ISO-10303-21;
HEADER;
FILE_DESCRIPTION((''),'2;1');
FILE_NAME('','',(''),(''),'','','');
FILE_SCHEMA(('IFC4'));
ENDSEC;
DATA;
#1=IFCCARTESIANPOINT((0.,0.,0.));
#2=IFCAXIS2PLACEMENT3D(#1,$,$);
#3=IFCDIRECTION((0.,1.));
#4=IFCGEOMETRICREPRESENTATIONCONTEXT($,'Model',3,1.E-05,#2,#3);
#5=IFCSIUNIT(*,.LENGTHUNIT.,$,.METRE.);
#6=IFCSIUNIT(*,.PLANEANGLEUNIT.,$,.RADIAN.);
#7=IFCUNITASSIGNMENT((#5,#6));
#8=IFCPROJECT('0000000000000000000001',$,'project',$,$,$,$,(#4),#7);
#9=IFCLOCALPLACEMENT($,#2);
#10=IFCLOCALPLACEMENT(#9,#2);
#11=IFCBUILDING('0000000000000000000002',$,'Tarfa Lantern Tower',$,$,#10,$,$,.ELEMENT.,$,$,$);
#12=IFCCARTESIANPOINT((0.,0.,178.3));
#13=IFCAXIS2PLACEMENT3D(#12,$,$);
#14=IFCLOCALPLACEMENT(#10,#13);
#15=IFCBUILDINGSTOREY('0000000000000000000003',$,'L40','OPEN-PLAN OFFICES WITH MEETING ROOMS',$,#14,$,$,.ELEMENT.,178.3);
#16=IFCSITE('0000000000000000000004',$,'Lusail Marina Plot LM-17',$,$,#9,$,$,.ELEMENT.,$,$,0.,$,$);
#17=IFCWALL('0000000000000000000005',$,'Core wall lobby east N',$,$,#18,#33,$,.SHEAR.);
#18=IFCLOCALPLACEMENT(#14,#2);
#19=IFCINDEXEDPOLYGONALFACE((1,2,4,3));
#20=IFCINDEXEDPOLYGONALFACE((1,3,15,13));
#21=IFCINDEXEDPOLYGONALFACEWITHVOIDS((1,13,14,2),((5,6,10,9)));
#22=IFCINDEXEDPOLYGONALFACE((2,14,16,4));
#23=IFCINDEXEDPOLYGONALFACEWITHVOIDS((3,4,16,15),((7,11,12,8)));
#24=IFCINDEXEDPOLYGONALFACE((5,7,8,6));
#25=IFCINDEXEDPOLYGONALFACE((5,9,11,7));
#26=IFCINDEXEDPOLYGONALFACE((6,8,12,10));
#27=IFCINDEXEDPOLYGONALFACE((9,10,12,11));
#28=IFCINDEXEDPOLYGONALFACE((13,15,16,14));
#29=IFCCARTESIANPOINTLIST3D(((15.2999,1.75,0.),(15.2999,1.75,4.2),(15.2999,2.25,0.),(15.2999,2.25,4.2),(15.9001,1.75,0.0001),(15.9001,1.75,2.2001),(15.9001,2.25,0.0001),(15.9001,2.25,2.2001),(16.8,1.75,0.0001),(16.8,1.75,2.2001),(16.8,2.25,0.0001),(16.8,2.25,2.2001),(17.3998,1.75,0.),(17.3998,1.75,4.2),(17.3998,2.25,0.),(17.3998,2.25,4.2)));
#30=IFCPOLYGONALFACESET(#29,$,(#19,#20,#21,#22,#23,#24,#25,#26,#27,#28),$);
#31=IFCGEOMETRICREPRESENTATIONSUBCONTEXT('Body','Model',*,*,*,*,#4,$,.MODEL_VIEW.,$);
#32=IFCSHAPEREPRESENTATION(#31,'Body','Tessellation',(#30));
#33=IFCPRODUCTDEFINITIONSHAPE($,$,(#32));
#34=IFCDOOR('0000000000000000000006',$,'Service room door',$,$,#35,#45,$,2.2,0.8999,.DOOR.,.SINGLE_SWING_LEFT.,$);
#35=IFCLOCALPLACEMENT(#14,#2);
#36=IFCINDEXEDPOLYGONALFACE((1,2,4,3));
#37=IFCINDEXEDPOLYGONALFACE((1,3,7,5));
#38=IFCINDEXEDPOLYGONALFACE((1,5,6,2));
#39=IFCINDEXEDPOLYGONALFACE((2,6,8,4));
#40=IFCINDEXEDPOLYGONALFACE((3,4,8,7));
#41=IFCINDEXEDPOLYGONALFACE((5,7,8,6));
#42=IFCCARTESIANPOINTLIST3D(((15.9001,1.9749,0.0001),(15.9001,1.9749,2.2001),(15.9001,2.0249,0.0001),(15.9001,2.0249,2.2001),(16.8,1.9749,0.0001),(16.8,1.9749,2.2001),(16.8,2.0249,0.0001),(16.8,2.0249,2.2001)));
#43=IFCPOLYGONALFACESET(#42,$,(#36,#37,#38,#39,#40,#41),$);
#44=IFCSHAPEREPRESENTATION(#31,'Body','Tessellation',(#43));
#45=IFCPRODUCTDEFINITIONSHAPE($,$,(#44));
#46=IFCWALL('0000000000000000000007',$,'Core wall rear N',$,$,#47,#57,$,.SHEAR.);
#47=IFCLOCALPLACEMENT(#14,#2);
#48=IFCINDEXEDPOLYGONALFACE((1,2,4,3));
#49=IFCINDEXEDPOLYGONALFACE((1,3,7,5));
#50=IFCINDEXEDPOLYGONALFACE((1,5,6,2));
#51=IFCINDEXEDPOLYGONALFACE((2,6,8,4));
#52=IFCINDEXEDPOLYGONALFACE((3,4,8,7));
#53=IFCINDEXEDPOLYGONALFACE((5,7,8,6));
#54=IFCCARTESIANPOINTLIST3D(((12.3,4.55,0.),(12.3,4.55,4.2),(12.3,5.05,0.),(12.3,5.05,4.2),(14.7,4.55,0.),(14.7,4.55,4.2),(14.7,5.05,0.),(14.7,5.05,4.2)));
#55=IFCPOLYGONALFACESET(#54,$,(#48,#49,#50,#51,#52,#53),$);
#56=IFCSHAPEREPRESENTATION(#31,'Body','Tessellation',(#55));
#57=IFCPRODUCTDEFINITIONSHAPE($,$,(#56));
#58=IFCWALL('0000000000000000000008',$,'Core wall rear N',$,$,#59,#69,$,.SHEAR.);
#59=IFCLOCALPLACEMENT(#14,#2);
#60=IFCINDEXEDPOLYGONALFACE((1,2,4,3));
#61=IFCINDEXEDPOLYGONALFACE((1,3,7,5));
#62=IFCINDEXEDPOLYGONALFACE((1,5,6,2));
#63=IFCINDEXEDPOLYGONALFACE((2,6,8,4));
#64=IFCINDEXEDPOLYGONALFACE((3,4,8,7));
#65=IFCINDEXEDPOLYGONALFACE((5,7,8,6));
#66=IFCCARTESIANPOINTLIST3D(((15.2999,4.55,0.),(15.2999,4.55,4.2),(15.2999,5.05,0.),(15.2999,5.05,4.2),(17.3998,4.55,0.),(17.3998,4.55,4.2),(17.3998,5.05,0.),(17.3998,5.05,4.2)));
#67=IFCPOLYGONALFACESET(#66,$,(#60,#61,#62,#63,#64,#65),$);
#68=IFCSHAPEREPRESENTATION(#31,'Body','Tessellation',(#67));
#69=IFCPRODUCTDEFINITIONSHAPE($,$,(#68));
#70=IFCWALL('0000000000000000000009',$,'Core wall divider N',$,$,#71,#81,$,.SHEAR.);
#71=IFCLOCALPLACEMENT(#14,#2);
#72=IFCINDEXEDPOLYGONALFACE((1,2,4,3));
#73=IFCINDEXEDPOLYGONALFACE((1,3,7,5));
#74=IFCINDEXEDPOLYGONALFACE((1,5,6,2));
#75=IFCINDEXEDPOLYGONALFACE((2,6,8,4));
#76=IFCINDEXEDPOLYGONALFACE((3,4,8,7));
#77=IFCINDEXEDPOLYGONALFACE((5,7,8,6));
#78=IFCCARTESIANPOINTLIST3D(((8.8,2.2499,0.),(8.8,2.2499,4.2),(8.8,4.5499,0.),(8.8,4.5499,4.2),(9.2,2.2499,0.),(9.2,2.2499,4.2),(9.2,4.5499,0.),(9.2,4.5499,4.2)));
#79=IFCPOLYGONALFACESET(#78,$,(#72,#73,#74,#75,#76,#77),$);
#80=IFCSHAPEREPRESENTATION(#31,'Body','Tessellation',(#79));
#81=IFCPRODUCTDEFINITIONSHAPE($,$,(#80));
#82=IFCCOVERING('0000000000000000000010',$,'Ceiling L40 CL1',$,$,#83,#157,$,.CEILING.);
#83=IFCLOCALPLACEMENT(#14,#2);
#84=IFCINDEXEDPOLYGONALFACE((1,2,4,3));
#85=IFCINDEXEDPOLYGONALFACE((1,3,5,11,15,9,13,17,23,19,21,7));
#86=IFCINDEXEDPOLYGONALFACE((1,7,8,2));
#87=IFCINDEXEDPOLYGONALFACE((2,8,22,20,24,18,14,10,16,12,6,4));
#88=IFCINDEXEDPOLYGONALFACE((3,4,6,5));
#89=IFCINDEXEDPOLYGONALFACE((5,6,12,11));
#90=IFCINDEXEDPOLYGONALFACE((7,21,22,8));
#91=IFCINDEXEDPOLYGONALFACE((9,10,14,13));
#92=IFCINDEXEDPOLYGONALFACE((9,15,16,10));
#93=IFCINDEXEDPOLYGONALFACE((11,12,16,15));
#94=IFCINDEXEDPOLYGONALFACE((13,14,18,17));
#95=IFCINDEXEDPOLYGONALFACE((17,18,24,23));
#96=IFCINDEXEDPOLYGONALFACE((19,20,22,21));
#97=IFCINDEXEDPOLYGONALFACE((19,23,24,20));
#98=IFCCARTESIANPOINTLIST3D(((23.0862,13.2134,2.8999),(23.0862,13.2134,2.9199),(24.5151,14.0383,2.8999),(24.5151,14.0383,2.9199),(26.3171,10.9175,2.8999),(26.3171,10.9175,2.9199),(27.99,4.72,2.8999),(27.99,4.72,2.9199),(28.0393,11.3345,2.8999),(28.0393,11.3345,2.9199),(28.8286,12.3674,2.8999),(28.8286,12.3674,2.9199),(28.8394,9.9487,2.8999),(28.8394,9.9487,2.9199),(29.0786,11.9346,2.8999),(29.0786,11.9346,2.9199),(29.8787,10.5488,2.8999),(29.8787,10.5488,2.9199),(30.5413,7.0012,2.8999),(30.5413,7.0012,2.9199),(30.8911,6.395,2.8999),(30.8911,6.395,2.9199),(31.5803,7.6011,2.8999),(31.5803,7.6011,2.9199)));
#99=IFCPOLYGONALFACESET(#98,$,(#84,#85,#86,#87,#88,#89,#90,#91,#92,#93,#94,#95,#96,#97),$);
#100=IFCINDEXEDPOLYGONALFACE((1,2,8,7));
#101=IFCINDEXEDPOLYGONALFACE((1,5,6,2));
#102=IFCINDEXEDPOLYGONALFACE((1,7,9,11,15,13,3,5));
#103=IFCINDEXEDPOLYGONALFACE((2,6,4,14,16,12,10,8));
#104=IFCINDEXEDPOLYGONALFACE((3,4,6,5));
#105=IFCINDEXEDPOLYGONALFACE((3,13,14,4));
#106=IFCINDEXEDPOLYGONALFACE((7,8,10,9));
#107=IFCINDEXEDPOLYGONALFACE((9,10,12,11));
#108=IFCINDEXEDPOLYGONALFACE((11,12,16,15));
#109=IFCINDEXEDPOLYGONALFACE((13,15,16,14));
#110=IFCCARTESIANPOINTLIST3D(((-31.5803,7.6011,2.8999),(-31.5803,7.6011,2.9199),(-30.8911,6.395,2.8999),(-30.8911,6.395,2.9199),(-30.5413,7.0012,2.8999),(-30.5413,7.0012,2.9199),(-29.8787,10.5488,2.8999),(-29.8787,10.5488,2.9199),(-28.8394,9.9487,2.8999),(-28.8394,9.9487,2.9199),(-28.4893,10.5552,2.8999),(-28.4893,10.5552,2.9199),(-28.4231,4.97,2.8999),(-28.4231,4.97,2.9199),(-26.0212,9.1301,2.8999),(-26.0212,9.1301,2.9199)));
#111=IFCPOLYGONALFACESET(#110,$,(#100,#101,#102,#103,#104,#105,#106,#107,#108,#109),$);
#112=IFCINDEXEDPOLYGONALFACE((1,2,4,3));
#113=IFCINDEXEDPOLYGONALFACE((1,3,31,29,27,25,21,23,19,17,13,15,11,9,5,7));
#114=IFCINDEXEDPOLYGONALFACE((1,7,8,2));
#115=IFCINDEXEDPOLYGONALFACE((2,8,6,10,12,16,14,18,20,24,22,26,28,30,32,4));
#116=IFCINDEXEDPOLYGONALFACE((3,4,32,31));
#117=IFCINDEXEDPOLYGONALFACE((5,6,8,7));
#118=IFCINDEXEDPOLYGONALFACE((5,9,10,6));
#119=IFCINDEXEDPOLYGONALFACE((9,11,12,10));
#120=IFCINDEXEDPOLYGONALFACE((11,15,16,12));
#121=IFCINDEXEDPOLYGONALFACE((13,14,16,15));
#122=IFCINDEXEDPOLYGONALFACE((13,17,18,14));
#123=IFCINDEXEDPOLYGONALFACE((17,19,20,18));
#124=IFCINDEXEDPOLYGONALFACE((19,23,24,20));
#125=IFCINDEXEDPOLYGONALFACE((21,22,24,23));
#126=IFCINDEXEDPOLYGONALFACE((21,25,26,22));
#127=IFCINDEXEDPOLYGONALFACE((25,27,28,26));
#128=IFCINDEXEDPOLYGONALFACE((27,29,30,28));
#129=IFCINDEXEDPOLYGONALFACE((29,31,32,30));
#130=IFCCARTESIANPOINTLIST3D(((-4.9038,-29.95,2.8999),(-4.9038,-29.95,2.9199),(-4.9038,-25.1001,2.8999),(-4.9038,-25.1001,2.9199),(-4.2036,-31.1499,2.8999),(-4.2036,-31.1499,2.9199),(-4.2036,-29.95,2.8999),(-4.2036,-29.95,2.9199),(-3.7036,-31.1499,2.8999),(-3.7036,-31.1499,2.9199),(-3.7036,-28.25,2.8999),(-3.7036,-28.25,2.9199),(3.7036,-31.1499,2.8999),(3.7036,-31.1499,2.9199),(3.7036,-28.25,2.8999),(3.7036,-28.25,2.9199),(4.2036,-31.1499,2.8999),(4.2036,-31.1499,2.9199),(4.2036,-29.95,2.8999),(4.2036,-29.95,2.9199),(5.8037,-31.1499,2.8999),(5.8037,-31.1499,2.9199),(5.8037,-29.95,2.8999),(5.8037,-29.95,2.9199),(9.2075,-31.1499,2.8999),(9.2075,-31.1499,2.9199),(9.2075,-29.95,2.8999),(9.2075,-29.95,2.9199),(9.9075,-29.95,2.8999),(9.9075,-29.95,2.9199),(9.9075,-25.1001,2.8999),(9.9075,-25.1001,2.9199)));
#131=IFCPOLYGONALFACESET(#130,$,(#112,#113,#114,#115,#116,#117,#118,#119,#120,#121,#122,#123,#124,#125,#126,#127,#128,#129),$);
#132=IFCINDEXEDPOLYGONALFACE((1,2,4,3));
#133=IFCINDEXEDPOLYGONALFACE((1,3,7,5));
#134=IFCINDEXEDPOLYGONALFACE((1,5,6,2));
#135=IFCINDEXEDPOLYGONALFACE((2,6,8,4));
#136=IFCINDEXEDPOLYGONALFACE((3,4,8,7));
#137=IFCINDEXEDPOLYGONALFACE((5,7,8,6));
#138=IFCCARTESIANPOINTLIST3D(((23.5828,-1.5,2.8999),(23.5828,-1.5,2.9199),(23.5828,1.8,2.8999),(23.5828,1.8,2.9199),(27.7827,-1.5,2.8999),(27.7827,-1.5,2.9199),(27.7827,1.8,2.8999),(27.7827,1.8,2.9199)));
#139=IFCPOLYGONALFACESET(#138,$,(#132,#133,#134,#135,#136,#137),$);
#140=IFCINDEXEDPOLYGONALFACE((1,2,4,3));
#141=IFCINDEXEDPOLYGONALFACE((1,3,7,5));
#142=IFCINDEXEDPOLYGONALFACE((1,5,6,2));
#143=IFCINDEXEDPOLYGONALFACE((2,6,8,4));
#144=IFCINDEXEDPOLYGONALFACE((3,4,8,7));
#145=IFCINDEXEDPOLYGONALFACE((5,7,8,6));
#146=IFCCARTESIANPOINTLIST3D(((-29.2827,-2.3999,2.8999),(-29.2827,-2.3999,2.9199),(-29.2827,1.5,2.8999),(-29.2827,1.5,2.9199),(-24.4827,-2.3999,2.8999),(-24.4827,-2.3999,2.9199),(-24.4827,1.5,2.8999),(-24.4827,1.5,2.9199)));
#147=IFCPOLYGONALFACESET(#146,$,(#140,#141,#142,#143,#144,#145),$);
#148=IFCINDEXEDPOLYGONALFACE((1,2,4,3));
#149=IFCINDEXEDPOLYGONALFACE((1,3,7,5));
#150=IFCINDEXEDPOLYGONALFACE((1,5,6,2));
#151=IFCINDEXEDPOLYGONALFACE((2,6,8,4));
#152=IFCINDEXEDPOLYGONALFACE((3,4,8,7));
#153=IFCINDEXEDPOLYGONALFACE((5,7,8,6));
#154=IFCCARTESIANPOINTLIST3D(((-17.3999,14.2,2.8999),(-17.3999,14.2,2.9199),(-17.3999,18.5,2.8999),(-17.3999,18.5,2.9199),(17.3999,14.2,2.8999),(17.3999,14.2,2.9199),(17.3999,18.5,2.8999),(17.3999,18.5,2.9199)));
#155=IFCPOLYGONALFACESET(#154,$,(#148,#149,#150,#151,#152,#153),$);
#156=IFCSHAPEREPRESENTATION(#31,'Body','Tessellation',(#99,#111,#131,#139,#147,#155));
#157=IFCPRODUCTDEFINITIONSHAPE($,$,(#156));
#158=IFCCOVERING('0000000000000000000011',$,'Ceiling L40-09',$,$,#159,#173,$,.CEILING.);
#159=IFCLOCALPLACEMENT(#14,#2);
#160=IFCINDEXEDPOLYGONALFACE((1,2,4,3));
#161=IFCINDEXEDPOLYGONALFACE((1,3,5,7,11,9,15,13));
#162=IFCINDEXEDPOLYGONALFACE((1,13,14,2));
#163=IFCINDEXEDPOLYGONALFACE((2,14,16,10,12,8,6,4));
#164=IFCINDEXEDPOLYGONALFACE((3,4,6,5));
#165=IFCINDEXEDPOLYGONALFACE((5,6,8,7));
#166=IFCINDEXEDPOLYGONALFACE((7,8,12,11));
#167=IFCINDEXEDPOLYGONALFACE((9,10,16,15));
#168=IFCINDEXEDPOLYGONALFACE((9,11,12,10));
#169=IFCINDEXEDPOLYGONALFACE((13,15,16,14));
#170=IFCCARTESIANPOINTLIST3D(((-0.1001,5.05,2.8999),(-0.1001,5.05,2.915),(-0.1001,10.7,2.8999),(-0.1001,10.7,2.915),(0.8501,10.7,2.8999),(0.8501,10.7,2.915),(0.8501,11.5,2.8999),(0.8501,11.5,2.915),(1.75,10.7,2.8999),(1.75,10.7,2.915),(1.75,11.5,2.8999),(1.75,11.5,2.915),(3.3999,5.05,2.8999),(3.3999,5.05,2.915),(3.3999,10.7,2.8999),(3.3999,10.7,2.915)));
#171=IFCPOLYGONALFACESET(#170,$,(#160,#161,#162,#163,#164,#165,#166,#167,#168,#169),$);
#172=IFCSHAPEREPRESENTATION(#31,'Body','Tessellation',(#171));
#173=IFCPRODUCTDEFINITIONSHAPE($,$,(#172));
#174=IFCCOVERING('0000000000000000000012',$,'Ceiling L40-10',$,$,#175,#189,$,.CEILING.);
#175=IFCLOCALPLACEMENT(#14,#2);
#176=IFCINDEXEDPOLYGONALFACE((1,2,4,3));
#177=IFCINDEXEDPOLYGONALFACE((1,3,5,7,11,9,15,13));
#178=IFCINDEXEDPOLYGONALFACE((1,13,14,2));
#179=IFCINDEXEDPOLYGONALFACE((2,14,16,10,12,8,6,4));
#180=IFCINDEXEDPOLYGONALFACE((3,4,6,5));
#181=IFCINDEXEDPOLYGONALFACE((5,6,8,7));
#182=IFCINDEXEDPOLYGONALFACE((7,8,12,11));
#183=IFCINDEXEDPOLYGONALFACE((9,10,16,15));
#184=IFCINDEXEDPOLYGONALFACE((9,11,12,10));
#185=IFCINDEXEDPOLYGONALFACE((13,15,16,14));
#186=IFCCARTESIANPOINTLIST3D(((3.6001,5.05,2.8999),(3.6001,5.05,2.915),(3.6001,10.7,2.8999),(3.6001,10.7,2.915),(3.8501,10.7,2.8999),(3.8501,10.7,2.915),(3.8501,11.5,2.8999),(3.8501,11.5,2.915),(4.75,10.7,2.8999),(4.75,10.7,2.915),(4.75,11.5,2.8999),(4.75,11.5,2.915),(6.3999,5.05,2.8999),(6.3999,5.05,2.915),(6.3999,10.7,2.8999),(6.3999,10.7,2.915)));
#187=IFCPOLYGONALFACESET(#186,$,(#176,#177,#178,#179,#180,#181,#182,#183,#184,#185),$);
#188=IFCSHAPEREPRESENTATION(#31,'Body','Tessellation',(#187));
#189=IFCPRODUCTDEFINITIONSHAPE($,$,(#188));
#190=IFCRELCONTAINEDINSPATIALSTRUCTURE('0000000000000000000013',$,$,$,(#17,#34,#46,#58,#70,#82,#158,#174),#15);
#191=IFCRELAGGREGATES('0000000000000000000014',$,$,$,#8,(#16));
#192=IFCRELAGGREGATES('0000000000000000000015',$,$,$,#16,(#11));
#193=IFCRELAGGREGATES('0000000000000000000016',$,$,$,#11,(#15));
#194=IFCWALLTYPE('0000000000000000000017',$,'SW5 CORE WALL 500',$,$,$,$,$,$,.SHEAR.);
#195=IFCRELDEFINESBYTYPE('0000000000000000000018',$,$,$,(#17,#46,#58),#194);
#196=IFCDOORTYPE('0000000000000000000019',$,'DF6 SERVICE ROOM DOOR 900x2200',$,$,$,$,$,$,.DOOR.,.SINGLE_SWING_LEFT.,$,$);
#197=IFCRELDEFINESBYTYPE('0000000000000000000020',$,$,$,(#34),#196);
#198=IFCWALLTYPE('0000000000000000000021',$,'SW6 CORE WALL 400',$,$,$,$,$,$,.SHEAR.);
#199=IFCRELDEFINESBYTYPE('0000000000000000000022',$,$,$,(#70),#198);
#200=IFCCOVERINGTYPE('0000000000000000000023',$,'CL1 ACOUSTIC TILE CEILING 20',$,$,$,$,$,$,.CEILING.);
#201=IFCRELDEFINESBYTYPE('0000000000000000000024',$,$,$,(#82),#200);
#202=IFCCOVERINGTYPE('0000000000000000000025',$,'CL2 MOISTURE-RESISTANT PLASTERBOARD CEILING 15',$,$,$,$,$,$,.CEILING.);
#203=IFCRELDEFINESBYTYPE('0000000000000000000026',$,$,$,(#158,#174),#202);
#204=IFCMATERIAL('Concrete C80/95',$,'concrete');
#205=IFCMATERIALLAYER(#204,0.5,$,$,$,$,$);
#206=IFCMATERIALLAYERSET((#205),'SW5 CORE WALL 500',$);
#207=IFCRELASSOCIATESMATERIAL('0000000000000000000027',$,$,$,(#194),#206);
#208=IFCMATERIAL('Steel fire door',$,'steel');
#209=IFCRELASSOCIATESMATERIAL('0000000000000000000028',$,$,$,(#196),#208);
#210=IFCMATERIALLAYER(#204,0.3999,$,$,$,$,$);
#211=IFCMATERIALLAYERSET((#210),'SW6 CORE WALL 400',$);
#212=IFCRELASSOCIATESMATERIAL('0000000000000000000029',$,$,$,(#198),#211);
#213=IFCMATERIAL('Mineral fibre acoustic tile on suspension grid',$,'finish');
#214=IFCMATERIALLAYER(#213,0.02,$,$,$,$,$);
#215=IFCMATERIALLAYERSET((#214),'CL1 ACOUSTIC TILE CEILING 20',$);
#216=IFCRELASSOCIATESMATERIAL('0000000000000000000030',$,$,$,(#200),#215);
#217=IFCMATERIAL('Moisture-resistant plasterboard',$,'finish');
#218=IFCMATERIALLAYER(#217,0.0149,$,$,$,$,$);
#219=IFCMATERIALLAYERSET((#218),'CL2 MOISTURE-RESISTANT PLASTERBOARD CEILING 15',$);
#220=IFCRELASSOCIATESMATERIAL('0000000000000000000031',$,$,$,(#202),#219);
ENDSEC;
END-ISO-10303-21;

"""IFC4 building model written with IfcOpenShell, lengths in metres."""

from ifc_helpers import new_model, si_unit, direction, frame, frame_2d, origin, place, context, subcontext, project, spatial, polyline, rectangle, outline, extrude, material, layer, layer_set, type_object, element, fill, save


model = new_model("IFC4")

# Units and contexts
model_context = context("Model", 3, precision=1e-05, world=origin(), true_north=direction((0.0, 1.0)))
body_context = subcontext(model_context, "Body", "Model", "MODEL_VIEW")
ifc_project = project(units=[si_unit("LENGTHUNIT", "METRE"), si_unit("PLANEANGLEUNIT", "RADIAN")], contexts=[model_context])

# Site, building, storey
site_placement = place(None, origin())
site = spatial("IfcSite", under=ifc_project, at=site_placement, Name="Lusail Marina Plot LM-17", CompositionType="ELEMENT", RefElevation=0.0)
building_placement = place(site_placement, origin())
building = spatial("IfcBuilding", under=site, at=building_placement, Name="Tarfa Lantern Tower", CompositionType="ELEMENT")
storey_placement = place(building_placement, frame((0.0, 0.0, 178.3)))
storey = spatial("IfcBuildingStorey", under=building, at=storey_placement, Name="L40", Description="OPEN-PLAN OFFICES WITH MEETING ROOMS", CompositionType="ELEMENT", Elevation=178.3)

# Shared definitions
ifc_material_1 = material(Name="Concrete C80/95", Category="concrete")
ifc_layer_1 = layer(ifc_material_1, 0.5)
ifc_layer_set_1 = layer_set([ifc_layer_1], Name="SW5 CORE WALL 500")
wall_type_1 = type_object("IfcWallType", Name="SW5 CORE WALL 500", PredefinedType="SHEAR", material=ifc_layer_set_1)

# Wall, opening, door
wall_1_placement = place(storey_placement, frame((15.3, 2.0, 0.0), z_axis=(0.0, 0.0, 1.0), x_axis=(1.0, 0.0, 0.0)))
wall_1 = element("IfcWall", 1, at=wall_1_placement, inside=storey, type_object=wall_type_1, Name="Core wall lobby east N", PredefinedType="SHEAR", context=body_context, shape_type="SweptSolid", body=[
    extrude(rectangle(XDim=2.0999, YDim=0.5, at=frame_2d((1.0498, 0.0))), origin(), (0.0, 0.0, 1.0), 4.2),
])
opening_placement = place(wall_1_placement, frame((0.6001, 0.0, 0.0)))
opening = element("IfcOpeningElement", 2, at=opening_placement, cuts=wall_1, PredefinedType="OPENING", context=body_context, shape_type="SweptSolid", body=[
    extrude(rectangle(XDim=0.8999, YDim=2.2, at=frame_2d((0.45, 1.1001))), frame((0.0, 0.26, 0.0), z_axis=(0.0, -1.0, 0.0), x_axis=(1.0, 0.0, 0.0)), (0.0, 0.0, 1.0), 0.52),
])
ifc_material_2 = material(Name="Steel fire door", Category="steel")
door_type = type_object("IfcDoorType", Name="DF6 SERVICE ROOM DOOR 900x2200", OperationType="SINGLE_SWING_LEFT", PredefinedType="DOOR", material=ifc_material_2)
door_placement = place(opening_placement, origin())
door = element("IfcDoor", 3, at=door_placement, inside=storey, type_object=door_type, Name="Service room door", OperationType="SINGLE_SWING_LEFT", OverallHeight=2.2, OverallWidth=0.8999, PredefinedType="DOOR", context=body_context, shape_type="SweptSolid", body=[
    extrude(rectangle(XDim=0.8999, YDim=2.2, at=frame_2d((0.45, 1.1001))), frame((0.0, 0.0249, 0.0), z_axis=(0.0, -1.0, 0.0), x_axis=(1.0, 0.0, 0.0)), (0.0, 0.0, 1.0), 0.05),
])
fill(opening, door)

# Walls
wall_2_placement = place(storey_placement, frame((12.3, 4.8, 0.0), z_axis=(0.0, 0.0, 1.0), x_axis=(1.0, 0.0, 0.0)))
element("IfcWall", 4, at=wall_2_placement, inside=storey, type_object=wall_type_1, Name="Core wall rear N", PredefinedType="SHEAR", context=body_context, shape_type="SweptSolid", body=[
    extrude(rectangle(XDim=2.3999, YDim=0.5, at=frame_2d((1.2, 0.0))), origin(), (0.0, 0.0, 1.0), 4.2),
])
wall_3_placement = place(storey_placement, frame((15.3, 4.8, 0.0), z_axis=(0.0, 0.0, 1.0), x_axis=(1.0, 0.0, 0.0)))
element("IfcWall", 5, at=wall_3_placement, inside=storey, type_object=wall_type_1, Name="Core wall rear N", PredefinedType="SHEAR", context=body_context, shape_type="SweptSolid", body=[
    extrude(rectangle(XDim=2.0999, YDim=0.5, at=frame_2d((1.0498, 0.0))), origin(), (0.0, 0.0, 1.0), 4.2),
])
ifc_layer_2 = layer(ifc_material_1, 0.3999)
ifc_layer_set_2 = layer_set([ifc_layer_2], Name="SW6 CORE WALL 400")
wall_type_2 = type_object("IfcWallType", Name="SW6 CORE WALL 400", PredefinedType="SHEAR", material=ifc_layer_set_2)
wall_4_placement = place(storey_placement, frame((9.0, 2.25, 0.0), z_axis=(0.0, 0.0, 1.0), x_axis=(0.0, 1.0, 0.0)))
element("IfcWall", 6, at=wall_4_placement, inside=storey, type_object=wall_type_2, Name="Core wall divider N", PredefinedType="SHEAR", context=body_context, shape_type="SweptSolid", body=[
    extrude(rectangle(XDim=2.3, YDim=0.3999, at=frame_2d((1.1499, 0.0))), origin(), (0.0, 0.0, 1.0), 4.2),
])

# Coverings
ifc_material_3 = material(Name="Mineral fibre acoustic tile on suspension grid", Category="finish")
ifc_layer_3 = layer(ifc_material_3, 0.02)
ifc_layer_set_3 = layer_set([ifc_layer_3], Name="CL1 ACOUSTIC TILE CEILING 20")
covering_type_1 = type_object("IfcCoveringType", Name="CL1 ACOUSTIC TILE CEILING 20", PredefinedType="CEILING", material=ifc_layer_set_3)
covering_1_placement = place(storey_placement, frame((0.0, 0.0, 2.8999)))
element("IfcCovering", 7, at=covering_1_placement, inside=storey, type_object=covering_type_1, Name="Ceiling L40 CL1", PredefinedType="CEILING", context=body_context, shape_type="SweptSolid", body=[
    extrude(outline(polyline([(27.99, 4.72), (23.0862, 13.2134), (24.5151, 14.0383), (26.3171, 10.9175), (28.8286, 12.3674), (29.0786, 11.9346), (28.0393, 11.3345), (28.8394, 9.9487), (29.8787, 10.5488), (31.5803, 7.6011), (30.5413, 7.0012), (30.8911, 6.395), (27.99, 4.72)])), origin(), (0.0, 0.0, 1.0), 0.02),
    extrude(outline(polyline([(-28.4231, 4.97), (-30.8911, 6.395), (-30.5413, 7.0012), (-31.5803, 7.6011), (-29.8787, 10.5488), (-28.8394, 9.9487), (-28.4893, 10.5552), (-26.0212, 9.1301), (-28.4231, 4.97)])), origin(), (0.0, 0.0, 1.0), 0.02),
    extrude(outline(polyline([(9.9075, -25.1001), (9.9075, -29.95), (9.2075, -29.95), (9.2075, -31.1499), (5.8037, -31.1499), (5.8037, -29.95), (4.2036, -29.95), (4.2036, -31.1499), (3.7036, -31.1499), (3.7036, -28.25), (-3.7036, -28.25), (-3.7036, -31.1499), (-4.2036, -31.1499), (-4.2036, -29.95), (-4.9038, -29.95), (-4.9038, -25.1001), (9.9075, -25.1001)])), origin(), (0.0, 0.0, 1.0), 0.02),
    extrude(outline(polyline([(27.7827, 1.8), (27.7827, -1.5), (23.5828, -1.5), (23.5828, 1.8), (27.7827, 1.8)])), origin(), (0.0, 0.0, 1.0), 0.02),
    extrude(outline(polyline([(-29.2827, -2.3999), (-29.2827, 1.5), (-24.4827, 1.5), (-24.4827, -2.3999), (-29.2827, -2.3999)])), origin(), (0.0, 0.0, 1.0), 0.02),
    extrude(outline(polyline([(-17.3999, 18.5), (17.3999, 18.5), (17.3999, 14.2), (-17.3999, 14.2), (-17.3999, 18.5)])), origin(), (0.0, 0.0, 1.0), 0.02),
])
ifc_material_4 = material(Name="Moisture-resistant plasterboard", Category="finish")
ifc_layer_4 = layer(ifc_material_4, 0.0149)
ifc_layer_set_4 = layer_set([ifc_layer_4], Name="CL2 MOISTURE-RESISTANT PLASTERBOARD CEILING 15")
covering_type_2 = type_object("IfcCoveringType", Name="CL2 MOISTURE-RESISTANT PLASTERBOARD CEILING 15", PredefinedType="CEILING", material=ifc_layer_set_4)
covering_2_placement = place(storey_placement, frame((0.0, 0.0, 2.8999)))
element("IfcCovering", 8, at=covering_2_placement, inside=storey, type_object=covering_type_2, Name="Ceiling L40-09", PredefinedType="CEILING", context=body_context, shape_type="SweptSolid", body=[
    extrude(outline(polyline([(0.8501, 10.7), (-0.1001, 10.7), (-0.1001, 5.05), (3.3999, 5.05), (3.3999, 10.7), (1.75, 10.7), (1.75, 11.5), (0.8501, 11.5), (0.8501, 11.5), (0.8501, 10.7)])), origin(), (0.0, 0.0, 1.0), 0.0151),
])
covering_3_placement = place(storey_placement, frame((0.0, 0.0, 2.8999)))
element("IfcCovering", 9, at=covering_3_placement, inside=storey, type_object=covering_type_2, Name="Ceiling L40-10", PredefinedType="CEILING", context=body_context, shape_type="SweptSolid", body=[
    extrude(outline(polyline([(3.6001, 5.05), (6.3999, 5.05), (6.3999, 10.7), (4.75, 10.7), (4.75, 11.5), (3.8501, 11.5), (3.8501, 10.7), (3.6001, 10.7), (3.6001, 5.05)])), origin(), (0.0, 0.0, 1.0), 0.0151),
])

save(model, "model.ifc")
